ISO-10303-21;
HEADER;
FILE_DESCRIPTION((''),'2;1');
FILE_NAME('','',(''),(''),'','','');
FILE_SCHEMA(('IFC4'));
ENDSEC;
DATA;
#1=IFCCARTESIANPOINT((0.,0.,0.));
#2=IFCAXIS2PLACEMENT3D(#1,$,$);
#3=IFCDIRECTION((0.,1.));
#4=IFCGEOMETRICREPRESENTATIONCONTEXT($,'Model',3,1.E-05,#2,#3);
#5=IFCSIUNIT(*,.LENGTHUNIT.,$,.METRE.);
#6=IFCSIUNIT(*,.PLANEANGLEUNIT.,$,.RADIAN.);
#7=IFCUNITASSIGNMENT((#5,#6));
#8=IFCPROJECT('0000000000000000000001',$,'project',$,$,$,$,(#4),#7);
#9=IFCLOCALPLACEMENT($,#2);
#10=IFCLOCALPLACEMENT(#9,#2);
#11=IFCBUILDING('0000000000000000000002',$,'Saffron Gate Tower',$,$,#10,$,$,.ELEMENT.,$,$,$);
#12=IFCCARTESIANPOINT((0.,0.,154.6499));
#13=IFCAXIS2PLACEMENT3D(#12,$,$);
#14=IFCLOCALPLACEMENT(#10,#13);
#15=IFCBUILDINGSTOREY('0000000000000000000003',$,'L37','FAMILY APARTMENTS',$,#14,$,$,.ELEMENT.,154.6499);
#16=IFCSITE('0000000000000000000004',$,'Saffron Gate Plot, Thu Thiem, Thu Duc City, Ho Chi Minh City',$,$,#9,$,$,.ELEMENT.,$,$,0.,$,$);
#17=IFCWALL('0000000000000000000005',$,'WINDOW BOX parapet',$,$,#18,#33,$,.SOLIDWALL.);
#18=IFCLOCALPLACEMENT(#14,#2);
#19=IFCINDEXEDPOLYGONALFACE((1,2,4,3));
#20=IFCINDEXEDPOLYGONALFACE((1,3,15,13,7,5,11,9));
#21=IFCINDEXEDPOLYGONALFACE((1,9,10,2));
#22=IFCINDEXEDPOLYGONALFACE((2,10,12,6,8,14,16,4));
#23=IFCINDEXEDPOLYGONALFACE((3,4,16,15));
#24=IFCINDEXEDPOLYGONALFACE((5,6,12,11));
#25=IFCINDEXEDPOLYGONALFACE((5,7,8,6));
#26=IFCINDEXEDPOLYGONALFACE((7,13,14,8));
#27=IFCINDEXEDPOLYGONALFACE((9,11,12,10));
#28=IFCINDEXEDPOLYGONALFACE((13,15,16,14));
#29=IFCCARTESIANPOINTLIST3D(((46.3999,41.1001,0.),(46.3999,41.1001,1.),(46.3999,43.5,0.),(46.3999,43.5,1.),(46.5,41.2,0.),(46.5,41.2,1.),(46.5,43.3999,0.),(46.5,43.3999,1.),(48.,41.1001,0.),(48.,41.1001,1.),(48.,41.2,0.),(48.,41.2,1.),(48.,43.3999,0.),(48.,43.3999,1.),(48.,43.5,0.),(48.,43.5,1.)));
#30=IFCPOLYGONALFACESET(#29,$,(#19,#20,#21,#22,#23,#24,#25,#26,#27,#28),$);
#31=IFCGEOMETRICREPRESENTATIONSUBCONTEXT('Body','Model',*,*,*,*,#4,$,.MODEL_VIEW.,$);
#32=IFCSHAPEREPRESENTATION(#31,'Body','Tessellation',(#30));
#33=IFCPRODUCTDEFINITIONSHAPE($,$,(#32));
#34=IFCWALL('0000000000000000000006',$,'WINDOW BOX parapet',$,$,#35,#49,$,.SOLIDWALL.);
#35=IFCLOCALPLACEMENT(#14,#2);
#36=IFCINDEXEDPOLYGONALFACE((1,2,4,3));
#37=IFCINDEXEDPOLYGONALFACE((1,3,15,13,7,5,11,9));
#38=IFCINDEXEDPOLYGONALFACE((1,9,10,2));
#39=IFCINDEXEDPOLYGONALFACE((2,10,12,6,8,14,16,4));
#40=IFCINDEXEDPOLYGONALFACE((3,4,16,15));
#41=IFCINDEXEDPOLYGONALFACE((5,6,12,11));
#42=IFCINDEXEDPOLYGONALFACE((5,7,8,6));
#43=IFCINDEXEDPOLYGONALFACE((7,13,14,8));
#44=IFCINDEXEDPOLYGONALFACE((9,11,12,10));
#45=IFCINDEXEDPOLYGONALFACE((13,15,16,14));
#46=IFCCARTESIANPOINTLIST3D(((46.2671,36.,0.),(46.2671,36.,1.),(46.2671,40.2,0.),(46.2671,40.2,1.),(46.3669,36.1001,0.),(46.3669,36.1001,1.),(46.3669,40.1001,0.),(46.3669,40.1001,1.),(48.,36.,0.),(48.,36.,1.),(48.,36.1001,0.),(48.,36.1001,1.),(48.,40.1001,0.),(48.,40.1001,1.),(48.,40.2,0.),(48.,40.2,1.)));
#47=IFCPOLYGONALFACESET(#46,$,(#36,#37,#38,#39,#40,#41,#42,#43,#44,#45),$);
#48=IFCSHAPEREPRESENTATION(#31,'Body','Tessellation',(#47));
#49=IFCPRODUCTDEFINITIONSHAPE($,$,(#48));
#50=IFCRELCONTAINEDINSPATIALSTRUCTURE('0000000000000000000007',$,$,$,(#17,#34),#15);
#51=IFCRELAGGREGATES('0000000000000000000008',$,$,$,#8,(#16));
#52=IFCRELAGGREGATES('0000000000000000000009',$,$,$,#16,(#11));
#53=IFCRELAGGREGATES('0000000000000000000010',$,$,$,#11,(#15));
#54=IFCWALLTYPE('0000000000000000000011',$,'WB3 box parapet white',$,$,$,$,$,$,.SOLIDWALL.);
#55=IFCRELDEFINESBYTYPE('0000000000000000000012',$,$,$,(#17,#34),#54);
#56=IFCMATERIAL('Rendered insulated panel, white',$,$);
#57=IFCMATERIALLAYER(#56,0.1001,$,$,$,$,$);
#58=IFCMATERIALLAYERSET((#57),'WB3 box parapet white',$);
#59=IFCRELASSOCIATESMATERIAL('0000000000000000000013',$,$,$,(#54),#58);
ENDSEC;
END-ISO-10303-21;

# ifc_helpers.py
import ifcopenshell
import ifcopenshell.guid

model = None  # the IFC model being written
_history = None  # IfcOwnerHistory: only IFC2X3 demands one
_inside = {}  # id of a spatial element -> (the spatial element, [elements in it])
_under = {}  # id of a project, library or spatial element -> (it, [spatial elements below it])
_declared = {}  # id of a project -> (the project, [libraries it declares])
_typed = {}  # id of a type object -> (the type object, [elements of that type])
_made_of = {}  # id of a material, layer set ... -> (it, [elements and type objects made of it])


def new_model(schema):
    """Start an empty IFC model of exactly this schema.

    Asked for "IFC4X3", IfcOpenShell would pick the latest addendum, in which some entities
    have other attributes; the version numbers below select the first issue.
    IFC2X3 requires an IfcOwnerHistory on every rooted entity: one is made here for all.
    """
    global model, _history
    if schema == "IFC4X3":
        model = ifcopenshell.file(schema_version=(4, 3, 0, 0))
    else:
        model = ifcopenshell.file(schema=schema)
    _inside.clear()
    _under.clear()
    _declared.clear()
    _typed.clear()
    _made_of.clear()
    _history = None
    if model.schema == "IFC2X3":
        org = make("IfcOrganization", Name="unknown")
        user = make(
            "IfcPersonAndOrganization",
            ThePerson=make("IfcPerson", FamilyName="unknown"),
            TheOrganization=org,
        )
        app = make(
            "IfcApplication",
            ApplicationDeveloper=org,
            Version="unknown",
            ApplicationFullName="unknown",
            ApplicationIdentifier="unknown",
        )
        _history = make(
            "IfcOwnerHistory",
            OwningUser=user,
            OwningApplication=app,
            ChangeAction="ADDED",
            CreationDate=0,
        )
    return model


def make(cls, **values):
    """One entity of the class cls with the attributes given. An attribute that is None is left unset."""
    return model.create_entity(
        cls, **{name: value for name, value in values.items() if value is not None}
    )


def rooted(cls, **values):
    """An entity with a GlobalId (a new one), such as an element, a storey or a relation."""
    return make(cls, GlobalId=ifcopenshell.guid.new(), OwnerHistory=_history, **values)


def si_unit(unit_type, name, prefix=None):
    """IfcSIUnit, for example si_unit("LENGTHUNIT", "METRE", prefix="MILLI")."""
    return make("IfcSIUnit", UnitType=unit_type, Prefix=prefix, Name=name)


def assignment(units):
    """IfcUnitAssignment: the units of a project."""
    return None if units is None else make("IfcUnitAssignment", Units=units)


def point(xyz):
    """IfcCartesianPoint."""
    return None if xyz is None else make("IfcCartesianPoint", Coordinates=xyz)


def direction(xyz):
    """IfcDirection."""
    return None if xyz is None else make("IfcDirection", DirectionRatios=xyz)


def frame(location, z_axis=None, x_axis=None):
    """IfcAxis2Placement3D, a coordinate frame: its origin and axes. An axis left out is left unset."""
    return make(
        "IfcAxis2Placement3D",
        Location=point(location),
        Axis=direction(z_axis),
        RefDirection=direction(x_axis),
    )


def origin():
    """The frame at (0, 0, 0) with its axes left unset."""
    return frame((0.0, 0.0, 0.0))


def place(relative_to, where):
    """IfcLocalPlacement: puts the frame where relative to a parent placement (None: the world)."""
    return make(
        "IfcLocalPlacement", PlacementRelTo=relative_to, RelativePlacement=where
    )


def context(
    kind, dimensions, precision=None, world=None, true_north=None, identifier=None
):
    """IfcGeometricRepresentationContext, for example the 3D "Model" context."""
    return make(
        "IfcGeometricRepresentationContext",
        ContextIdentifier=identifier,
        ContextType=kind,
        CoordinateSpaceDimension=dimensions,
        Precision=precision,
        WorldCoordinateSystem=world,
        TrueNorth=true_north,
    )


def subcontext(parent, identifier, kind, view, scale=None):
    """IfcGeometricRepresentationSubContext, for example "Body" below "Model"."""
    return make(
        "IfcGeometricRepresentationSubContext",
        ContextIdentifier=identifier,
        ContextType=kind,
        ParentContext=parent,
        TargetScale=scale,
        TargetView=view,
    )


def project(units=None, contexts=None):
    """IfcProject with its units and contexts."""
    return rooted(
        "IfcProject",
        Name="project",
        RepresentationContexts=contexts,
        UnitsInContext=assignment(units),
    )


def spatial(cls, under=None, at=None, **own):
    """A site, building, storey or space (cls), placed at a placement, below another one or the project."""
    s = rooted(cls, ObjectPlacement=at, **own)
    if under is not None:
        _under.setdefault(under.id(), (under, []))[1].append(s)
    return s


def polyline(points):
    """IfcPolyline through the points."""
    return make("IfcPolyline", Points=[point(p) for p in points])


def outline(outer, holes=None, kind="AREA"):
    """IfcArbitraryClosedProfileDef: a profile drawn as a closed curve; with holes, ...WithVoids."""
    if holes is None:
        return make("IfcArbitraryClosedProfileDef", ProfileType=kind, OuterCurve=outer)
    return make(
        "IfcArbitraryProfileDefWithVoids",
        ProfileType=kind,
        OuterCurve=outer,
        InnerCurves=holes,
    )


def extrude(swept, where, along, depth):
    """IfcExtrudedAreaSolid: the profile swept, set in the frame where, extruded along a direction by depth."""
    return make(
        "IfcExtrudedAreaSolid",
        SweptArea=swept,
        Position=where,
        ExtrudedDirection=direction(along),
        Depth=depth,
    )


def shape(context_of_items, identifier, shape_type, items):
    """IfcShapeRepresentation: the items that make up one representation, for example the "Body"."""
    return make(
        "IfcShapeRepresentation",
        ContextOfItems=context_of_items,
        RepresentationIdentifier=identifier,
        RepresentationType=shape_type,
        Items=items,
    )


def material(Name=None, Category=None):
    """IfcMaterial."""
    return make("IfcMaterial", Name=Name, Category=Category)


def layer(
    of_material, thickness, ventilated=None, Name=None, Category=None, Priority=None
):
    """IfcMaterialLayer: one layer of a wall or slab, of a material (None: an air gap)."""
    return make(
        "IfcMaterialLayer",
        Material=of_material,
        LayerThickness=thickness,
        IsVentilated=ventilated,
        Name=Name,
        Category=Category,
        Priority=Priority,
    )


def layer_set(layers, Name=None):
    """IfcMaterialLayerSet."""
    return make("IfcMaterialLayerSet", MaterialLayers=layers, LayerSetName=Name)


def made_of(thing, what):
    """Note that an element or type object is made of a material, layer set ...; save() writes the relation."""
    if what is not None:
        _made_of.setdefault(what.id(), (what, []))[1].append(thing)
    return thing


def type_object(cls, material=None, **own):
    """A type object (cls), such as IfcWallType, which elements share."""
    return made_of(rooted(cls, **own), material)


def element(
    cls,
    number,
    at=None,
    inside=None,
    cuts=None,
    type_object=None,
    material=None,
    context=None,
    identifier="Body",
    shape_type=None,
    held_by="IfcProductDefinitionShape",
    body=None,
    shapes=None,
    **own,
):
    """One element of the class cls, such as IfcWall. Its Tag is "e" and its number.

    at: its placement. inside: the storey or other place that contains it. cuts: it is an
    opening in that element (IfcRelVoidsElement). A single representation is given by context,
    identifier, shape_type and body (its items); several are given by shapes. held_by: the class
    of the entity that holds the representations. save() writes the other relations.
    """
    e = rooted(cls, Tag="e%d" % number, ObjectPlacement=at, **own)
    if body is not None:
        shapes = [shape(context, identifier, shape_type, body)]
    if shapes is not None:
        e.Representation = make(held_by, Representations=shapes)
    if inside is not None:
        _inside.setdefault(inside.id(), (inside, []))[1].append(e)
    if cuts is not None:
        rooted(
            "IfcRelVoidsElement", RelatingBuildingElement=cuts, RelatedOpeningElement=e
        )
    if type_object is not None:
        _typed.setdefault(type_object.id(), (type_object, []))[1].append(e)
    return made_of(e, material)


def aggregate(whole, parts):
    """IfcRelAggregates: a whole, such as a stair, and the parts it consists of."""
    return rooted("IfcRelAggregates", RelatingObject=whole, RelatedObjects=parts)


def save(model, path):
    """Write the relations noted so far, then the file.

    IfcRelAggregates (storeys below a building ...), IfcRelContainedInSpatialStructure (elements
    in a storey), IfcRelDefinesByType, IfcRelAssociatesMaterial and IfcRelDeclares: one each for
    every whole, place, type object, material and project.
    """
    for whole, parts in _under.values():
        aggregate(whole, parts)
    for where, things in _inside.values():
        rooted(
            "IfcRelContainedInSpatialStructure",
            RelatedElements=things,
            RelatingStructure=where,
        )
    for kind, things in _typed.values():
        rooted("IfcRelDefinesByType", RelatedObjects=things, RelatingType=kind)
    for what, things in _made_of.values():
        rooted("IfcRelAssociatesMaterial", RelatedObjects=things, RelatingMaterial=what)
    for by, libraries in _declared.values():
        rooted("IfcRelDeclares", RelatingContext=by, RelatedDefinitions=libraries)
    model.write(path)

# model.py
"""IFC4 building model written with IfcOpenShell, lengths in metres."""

from ifc_helpers import new_model, si_unit, direction, frame, origin, place, context, subcontext, project, spatial, polyline, outline, extrude, material, layer, layer_set, type_object, element, save


model = new_model("IFC4")

# Units and contexts
model_context = context("Model", 3, precision=1e-05, world=origin(), true_north=direction((0.0, 1.0)))
body_context = subcontext(model_context, "Body", "Model", "MODEL_VIEW")
ifc_project = project(units=[si_unit("LENGTHUNIT", "METRE"), si_unit("PLANEANGLEUNIT", "RADIAN")], contexts=[model_context])

# Site, building, storey
site_placement = place(None, origin())
site = spatial("IfcSite", under=ifc_project, at=site_placement, Name="Saffron Gate Plot, Thu Thiem, Thu Duc City, Ho Chi Minh City", CompositionType="ELEMENT", RefElevation=0.0)
building_placement = place(site_placement, origin())
building = spatial("IfcBuilding", under=site, at=building_placement, Name="Saffron Gate Tower", CompositionType="ELEMENT")
storey_placement = place(building_placement, frame((0.0, 0.0, 154.6499)))
storey = spatial("IfcBuildingStorey", under=building, at=storey_placement, Name="L37", Description="FAMILY APARTMENTS", CompositionType="ELEMENT", Elevation=154.6499)

# Walls
ifc_material_1 = material(Name="Rendered insulated panel, white")
ifc_layer_1 = layer(ifc_material_1, 0.1001)
ifc_layer_set_1 = layer_set([ifc_layer_1], Name="WB3 box parapet white")
wall_type_1 = type_object("IfcWallType", Name="WB3 box parapet white", PredefinedType="SOLIDWALL", material=ifc_layer_set_1)
wall_1_placement = place(storey_placement, origin())
element("IfcWall", 1, at=wall_1_placement, inside=storey, type_object=wall_type_1, Name="WINDOW BOX parapet", PredefinedType="SOLIDWALL", context=body_context, shape_type="SweptSolid", body=[
    extrude(outline(polyline([(48.0, 43.5), (48.0, 43.3999), (46.5, 43.3999), (46.5, 41.2), (48.0, 41.2), (48.0, 41.1001), (46.3999, 41.1001), (46.3999, 43.5), (48.0, 43.5)])), origin(), (0.0, 0.0, 1.0), 1.0),
])
wall_2_placement = place(storey_placement, origin())
element("IfcWall", 2, at=wall_2_placement, inside=storey, type_object=wall_type_1, Name="WINDOW BOX parapet", PredefinedType="SOLIDWALL", context=body_context, shape_type="SweptSolid", body=[
    extrude(outline(polyline([(48.0, 40.2), (48.0, 40.1001), (46.3669, 40.1001), (46.3669, 36.1001), (48.0, 36.1001), (48.0, 36.0), (46.2671, 36.0), (46.2671, 40.2), (48.0, 40.2)])), origin(), (0.0, 0.0, 1.0), 1.0),
])

save(model, "model.ifc")
